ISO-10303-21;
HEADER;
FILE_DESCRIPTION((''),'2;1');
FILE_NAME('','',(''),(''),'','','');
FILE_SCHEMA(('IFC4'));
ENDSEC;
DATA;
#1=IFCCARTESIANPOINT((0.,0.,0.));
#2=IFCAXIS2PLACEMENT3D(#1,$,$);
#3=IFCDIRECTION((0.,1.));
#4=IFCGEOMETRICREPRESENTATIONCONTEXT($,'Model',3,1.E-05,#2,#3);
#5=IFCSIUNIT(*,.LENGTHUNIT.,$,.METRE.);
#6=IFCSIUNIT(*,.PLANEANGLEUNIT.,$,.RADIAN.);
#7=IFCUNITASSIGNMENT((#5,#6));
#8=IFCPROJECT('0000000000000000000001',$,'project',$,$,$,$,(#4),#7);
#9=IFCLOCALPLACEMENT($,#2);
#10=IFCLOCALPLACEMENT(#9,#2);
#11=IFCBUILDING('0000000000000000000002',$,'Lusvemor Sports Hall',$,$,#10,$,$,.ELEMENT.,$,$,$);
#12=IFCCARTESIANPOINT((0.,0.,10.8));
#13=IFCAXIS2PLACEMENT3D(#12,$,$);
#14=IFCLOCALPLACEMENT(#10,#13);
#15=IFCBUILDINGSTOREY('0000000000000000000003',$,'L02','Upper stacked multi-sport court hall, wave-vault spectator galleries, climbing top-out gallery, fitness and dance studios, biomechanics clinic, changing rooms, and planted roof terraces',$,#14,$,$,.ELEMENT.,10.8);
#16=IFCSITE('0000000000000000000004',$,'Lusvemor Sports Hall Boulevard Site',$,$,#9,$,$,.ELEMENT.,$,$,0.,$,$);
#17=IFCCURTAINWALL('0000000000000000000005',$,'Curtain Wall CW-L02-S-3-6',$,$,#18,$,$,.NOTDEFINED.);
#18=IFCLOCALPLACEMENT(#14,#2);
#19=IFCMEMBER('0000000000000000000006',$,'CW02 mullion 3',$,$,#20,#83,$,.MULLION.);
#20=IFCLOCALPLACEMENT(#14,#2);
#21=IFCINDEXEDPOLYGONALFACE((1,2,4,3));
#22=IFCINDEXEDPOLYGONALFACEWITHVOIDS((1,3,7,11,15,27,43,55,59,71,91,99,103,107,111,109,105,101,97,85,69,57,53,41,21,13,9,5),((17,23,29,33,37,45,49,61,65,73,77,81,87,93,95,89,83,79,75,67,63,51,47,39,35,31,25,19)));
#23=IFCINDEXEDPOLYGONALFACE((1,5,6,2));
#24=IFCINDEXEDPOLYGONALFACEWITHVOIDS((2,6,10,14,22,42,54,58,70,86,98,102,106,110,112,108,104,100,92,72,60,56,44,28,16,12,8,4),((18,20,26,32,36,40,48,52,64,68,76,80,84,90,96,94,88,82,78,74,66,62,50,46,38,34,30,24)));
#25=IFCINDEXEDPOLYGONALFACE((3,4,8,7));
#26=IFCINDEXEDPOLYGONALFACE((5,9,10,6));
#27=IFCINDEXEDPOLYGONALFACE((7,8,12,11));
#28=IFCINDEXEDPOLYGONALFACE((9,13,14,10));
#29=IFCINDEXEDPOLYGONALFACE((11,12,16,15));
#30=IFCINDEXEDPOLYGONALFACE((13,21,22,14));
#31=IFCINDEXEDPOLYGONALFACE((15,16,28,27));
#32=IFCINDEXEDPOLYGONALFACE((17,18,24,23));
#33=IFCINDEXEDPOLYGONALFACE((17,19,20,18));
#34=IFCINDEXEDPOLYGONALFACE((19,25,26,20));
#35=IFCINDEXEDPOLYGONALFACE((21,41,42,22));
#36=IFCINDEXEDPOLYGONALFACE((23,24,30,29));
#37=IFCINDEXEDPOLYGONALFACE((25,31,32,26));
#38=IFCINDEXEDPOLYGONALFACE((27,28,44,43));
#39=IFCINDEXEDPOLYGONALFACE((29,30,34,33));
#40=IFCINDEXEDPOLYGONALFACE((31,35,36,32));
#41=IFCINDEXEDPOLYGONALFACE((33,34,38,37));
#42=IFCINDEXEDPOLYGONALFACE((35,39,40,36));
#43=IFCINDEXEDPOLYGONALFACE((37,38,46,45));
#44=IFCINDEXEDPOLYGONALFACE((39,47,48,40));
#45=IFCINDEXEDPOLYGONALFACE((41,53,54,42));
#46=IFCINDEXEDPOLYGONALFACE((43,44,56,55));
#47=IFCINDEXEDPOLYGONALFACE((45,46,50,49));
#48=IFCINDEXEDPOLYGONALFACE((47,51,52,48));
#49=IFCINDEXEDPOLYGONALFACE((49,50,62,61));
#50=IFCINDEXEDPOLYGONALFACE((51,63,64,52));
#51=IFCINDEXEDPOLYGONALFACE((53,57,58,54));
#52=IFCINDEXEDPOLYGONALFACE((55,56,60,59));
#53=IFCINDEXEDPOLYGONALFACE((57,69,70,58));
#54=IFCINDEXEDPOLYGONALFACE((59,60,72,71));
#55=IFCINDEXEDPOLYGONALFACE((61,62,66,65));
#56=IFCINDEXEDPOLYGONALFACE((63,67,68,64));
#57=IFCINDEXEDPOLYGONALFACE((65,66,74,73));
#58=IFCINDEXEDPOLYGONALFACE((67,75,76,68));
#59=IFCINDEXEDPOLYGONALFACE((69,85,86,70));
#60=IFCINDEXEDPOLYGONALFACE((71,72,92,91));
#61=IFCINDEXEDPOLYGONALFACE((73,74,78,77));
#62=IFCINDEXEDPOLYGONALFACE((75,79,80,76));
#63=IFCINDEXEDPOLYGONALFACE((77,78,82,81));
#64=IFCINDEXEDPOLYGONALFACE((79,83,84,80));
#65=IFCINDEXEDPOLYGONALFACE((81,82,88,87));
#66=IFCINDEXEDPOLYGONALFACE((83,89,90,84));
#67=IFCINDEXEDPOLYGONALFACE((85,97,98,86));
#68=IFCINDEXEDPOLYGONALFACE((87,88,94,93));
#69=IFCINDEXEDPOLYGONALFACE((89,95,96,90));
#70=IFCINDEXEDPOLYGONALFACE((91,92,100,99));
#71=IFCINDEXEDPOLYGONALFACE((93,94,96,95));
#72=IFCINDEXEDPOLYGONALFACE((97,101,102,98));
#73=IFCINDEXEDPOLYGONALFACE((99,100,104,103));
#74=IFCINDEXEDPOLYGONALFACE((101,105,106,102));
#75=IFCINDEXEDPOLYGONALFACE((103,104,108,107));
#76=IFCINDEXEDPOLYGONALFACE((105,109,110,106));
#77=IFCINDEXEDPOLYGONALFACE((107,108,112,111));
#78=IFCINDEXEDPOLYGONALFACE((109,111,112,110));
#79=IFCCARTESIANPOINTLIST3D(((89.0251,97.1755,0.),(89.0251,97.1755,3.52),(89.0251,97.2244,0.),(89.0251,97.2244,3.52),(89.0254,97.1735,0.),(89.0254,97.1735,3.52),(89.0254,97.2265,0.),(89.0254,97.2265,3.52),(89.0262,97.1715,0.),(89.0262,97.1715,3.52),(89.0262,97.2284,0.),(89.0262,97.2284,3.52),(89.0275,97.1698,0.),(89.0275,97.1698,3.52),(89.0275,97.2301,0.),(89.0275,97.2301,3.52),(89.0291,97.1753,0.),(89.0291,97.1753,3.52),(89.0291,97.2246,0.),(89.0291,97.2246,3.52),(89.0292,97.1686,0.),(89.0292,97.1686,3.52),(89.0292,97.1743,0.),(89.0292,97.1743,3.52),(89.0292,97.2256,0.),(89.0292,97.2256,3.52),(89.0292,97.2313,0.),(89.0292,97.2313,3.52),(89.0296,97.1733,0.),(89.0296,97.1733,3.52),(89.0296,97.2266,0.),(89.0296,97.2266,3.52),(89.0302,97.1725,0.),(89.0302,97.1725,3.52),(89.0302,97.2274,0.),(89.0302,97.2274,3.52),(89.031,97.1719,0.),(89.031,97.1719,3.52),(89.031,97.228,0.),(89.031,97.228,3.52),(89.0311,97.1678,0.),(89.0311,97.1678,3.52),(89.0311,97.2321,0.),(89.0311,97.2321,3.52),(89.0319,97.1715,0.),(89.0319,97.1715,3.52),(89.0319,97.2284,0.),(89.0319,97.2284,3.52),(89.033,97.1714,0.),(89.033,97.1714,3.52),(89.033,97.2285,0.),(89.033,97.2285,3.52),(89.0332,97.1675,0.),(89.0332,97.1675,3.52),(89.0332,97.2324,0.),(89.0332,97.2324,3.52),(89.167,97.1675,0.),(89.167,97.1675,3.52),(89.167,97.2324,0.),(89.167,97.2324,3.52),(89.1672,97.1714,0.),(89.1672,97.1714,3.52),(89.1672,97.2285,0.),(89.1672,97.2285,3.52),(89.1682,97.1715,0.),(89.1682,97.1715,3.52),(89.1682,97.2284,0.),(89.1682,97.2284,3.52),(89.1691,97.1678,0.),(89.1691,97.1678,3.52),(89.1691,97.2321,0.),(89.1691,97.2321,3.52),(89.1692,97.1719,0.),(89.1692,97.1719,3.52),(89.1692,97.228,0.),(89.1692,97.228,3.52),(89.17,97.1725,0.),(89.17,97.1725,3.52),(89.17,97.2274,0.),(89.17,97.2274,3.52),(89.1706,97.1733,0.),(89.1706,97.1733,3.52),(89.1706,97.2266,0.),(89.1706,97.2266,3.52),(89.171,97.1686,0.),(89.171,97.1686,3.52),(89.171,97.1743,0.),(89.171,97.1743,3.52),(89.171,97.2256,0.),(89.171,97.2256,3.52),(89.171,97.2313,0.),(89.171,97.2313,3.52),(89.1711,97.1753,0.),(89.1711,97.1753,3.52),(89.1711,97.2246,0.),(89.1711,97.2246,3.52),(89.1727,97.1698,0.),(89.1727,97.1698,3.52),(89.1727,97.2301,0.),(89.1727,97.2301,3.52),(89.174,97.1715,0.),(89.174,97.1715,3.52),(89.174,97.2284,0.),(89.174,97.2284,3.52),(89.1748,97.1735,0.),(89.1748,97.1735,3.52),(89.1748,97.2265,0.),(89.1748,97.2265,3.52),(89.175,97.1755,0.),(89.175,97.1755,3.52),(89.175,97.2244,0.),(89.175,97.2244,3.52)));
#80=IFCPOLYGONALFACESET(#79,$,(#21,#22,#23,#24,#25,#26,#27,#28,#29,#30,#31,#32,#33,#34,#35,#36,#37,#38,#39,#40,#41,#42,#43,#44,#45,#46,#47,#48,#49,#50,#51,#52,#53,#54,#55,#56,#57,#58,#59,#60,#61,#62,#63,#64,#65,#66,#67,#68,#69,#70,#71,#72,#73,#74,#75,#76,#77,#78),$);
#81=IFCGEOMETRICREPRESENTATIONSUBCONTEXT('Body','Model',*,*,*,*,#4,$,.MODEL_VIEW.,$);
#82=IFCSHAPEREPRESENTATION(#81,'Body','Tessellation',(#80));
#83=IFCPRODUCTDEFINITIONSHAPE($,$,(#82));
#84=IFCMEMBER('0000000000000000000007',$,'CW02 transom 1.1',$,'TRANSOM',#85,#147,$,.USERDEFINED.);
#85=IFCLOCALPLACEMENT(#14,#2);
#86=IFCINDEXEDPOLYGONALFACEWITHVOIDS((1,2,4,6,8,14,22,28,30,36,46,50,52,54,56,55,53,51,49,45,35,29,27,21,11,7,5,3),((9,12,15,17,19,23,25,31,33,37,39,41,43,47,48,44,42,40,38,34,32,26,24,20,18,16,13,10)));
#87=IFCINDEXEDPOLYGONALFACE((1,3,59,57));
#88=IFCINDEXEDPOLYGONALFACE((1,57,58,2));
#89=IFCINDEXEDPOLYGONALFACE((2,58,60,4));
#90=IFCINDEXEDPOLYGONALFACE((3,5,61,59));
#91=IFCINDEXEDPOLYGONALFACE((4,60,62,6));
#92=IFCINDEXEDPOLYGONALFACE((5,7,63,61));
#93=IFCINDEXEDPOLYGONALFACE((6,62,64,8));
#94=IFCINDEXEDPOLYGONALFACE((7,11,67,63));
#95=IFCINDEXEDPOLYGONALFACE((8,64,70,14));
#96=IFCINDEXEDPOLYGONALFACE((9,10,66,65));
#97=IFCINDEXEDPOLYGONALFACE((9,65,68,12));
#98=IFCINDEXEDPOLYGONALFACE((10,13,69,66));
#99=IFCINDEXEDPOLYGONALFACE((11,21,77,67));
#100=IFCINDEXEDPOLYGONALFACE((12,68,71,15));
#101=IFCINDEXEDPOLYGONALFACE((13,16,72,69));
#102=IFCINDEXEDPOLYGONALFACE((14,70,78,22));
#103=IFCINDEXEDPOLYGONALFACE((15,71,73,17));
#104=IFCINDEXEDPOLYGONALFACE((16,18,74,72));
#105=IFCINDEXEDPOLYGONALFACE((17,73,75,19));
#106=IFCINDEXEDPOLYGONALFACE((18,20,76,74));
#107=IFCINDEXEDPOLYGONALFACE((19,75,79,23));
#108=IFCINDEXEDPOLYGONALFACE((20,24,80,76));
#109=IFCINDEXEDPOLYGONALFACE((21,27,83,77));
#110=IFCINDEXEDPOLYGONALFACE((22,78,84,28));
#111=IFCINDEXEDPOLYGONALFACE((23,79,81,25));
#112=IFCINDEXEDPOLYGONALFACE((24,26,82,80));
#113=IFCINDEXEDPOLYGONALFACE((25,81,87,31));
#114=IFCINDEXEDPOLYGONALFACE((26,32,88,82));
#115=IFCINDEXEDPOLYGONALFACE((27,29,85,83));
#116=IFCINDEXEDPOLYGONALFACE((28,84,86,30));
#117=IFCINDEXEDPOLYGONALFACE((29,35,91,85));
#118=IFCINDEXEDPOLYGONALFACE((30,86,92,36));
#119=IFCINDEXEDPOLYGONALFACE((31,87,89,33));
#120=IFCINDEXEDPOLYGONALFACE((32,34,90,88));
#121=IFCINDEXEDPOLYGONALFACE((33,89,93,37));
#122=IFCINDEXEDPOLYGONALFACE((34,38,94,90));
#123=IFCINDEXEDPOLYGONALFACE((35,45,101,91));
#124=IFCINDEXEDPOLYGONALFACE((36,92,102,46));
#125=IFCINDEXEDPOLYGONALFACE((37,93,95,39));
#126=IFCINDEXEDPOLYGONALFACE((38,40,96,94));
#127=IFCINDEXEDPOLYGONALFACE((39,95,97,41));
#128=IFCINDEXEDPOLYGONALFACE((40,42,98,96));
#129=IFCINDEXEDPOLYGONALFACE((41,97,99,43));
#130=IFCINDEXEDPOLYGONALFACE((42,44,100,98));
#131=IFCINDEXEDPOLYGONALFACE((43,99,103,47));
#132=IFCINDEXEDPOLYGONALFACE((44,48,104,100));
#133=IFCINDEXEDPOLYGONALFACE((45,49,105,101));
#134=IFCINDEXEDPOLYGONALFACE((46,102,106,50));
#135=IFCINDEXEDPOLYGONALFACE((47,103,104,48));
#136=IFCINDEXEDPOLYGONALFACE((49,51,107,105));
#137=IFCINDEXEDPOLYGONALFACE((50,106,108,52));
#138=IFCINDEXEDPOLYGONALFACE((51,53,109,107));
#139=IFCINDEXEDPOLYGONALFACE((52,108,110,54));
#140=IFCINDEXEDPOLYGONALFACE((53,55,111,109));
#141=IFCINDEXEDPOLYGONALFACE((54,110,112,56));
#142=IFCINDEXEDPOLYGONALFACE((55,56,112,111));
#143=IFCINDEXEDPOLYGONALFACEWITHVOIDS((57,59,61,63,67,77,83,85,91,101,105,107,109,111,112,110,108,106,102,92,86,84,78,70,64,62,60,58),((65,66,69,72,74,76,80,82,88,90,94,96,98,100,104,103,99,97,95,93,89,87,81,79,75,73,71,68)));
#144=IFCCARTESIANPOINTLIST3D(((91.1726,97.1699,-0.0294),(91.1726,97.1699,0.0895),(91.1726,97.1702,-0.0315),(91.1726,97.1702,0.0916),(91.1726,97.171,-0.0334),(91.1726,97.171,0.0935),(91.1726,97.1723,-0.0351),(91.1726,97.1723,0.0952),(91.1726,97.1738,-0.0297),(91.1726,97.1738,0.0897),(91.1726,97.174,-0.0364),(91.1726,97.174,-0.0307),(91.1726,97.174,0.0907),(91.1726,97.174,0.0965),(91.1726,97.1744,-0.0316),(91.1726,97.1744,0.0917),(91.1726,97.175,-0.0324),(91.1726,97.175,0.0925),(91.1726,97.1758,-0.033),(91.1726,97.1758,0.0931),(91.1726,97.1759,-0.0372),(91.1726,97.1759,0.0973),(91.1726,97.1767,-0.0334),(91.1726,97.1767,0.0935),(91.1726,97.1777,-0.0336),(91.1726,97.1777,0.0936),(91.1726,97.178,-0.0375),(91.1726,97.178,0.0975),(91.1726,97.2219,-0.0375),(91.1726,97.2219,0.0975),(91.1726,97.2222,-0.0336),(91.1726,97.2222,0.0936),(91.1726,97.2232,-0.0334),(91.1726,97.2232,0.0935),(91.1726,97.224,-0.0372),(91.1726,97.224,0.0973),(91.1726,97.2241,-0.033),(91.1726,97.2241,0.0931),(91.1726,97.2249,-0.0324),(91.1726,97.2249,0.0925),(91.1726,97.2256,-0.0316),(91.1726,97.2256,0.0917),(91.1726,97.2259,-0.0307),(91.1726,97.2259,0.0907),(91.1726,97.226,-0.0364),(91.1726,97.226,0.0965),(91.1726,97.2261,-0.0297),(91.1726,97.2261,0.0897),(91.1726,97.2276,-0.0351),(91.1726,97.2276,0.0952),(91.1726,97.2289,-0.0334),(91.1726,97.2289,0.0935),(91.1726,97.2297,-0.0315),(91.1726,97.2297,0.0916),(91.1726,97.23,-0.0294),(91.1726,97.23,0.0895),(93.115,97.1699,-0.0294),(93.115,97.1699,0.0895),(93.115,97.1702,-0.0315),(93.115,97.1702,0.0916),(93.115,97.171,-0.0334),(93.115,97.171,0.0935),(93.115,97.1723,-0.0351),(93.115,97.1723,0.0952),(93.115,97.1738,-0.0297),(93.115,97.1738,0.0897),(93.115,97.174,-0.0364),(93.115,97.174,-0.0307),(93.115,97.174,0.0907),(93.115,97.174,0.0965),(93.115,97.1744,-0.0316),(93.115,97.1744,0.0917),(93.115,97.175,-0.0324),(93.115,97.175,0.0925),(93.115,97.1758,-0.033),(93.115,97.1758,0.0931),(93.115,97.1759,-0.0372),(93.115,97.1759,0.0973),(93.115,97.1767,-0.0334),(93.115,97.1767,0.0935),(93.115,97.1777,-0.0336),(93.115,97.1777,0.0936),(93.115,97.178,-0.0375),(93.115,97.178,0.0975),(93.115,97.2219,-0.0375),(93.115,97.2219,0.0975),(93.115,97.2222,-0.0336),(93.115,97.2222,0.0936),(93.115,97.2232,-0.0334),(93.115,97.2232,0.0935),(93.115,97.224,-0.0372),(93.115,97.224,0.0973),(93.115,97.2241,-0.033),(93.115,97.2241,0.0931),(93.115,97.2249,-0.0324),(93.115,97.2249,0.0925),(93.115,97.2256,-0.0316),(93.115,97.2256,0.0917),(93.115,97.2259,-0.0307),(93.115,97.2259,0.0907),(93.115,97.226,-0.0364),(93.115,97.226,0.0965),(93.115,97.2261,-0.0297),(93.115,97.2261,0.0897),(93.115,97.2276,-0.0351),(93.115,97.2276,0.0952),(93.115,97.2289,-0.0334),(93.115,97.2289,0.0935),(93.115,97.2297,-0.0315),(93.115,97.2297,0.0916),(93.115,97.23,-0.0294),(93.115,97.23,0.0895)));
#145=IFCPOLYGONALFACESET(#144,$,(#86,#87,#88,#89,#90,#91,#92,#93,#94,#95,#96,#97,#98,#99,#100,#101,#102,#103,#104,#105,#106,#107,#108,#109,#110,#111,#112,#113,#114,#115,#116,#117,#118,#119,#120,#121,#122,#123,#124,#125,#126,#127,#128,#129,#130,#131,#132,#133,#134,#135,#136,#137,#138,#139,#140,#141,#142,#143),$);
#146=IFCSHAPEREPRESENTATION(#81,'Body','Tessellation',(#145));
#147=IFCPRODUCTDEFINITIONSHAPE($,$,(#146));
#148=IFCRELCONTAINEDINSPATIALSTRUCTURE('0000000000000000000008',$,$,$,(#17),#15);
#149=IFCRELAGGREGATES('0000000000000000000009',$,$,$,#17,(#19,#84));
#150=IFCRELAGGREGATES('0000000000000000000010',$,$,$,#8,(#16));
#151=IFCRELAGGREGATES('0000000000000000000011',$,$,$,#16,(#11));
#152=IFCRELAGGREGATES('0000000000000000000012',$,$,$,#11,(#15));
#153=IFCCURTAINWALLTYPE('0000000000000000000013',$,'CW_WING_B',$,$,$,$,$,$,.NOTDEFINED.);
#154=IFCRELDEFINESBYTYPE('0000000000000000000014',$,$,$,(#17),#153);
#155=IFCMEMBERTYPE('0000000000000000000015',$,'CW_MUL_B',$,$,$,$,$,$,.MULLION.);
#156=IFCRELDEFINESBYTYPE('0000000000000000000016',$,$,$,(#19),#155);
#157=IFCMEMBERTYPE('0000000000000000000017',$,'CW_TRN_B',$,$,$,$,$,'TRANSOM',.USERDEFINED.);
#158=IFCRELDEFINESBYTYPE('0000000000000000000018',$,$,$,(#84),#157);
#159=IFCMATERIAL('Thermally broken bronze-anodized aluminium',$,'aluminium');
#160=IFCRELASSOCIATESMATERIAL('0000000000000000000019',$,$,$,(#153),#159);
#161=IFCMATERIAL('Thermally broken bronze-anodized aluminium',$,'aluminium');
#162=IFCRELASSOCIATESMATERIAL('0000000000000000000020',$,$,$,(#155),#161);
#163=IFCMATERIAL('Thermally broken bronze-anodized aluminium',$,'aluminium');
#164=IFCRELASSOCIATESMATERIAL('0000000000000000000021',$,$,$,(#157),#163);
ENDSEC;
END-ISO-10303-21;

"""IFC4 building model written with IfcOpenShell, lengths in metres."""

from ifc_helpers import new_model, si_unit, direction, frame, origin, origin_2d, place, context, subcontext, project, spatial, hollow_rectangle, extrude, material, material_profile, profile_set, type_object, element, aggregate, save


model = new_model("IFC4")

# Units and contexts
model_context = context("Model", 3, precision=1e-05, world=origin(), true_north=direction((0.0, 1.0)))
body_context = subcontext(model_context, "Body", "Model", "MODEL_VIEW")
ifc_project = project(units=[si_unit("LENGTHUNIT", "METRE"), si_unit("PLANEANGLEUNIT", "RADIAN")], contexts=[model_context])

# Site, building, storey
site_placement = place(None, origin())
site = spatial("IfcSite", under=ifc_project, at=site_placement, Name="Lusvemor Sports Hall Boulevard Site", CompositionType="ELEMENT", RefElevation=0.0)
building_placement = place(site_placement, origin())
building = spatial("IfcBuilding", under=site, at=building_placement, Name="Lusvemor Sports Hall", CompositionType="ELEMENT")
storey_placement = place(building_placement, frame((0.0, 0.0, 10.8)))
storey = spatial("IfcBuildingStorey", under=building, at=storey_placement, Name="L02", Description="Upper stacked multi-sport court hall, wave-vault spectator galleries, climbing top-out gallery, fitness and dance studios, biomechanics clinic, changing rooms, and planted roof terraces", CompositionType="ELEMENT", Elevation=10.8)

# Curtain wall, members
ifc_material_1 = material(Name="Thermally broken bronze-anodized aluminium", Category="aluminium")
curtain_wall_type = type_object("IfcCurtainWallType", Name="CW_WING_B", PredefinedType="NOTDEFINED", material=ifc_material_1)
curtain_wall_placement = place(storey_placement, origin())
curtain_wall = element("IfcCurtainWall", 1, at=curtain_wall_placement, inside=storey, type_object=curtain_wall_type, Name="Curtain Wall CW-L02-S-3-6", PredefinedType="NOTDEFINED")
ifc_material_2 = material(Name="Thermally broken bronze-anodized aluminium", Category="aluminium")
ifc_material_profile_1 = material_profile(ifc_material_2, hollow_rectangle(XDim=0.0649, YDim=0.1499, WallThickness=0.0039, InnerFilletRadius=0.0039, OuterFilletRadius=0.0081, at=origin_2d()), Name="CWMUL150x65x4")
ifc_profile_set_1 = profile_set([ifc_material_profile_1], Name="Thermally broken bronze-anodized aluminium")
member_type_1 = type_object("IfcMemberType", Name="CW_MUL_B", PredefinedType="MULLION", material=ifc_profile_set_1)
member_1_placement = place(storey_placement, frame((89.1001, 97.2, 0.0), z_axis=(0.0, 0.0, 1.0), x_axis=(0.0, -1.0, 0.0)))
member_1 = element("IfcMember", 2, at=member_1_placement, type_object=member_type_1, Name="CW02 mullion 3", PredefinedType="MULLION", context=body_context, shape_type="SweptSolid", body=[
    extrude(hollow_rectangle(XDim=0.0649, YDim=0.1499, WallThickness=0.0039, InnerFilletRadius=0.0039, OuterFilletRadius=0.0081, at=origin_2d()), origin(), (0.0, 0.0, 1.0), 3.52),
])
ifc_material_3 = material(Name="Thermally broken bronze-anodized aluminium", Category="aluminium")
ifc_material_profile_2 = material_profile(ifc_material_3, hollow_rectangle(XDim=0.0601, YDim=0.135, WallThickness=0.0039, InnerFilletRadius=0.0039, OuterFilletRadius=0.0081, at=origin_2d()), Name="CWTRN135x60x4")
ifc_profile_set_2 = profile_set([ifc_material_profile_2], Name="Thermally broken bronze-anodized aluminium")
member_type_2 = type_object("IfcMemberType", Name="CW_TRN_B", ElementType="TRANSOM", PredefinedType="USERDEFINED", material=ifc_profile_set_2)
member_2_placement = place(storey_placement, frame((93.115, 97.2, 0.03), z_axis=(-1.0, 0.0, 0.0), x_axis=(0.0, -1.0, 0.0)))
member_2 = element("IfcMember", 3, at=member_2_placement, type_object=member_type_2, Name="CW02 transom 1.1", ObjectType="TRANSOM", PredefinedType="USERDEFINED", context=body_context, shape_type="SweptSolid", body=[
    extrude(hollow_rectangle(XDim=0.0601, YDim=0.135, WallThickness=0.0039, InnerFilletRadius=0.0039, OuterFilletRadius=0.0081, at=origin_2d()), origin(), (0.0, 0.0, 1.0), 1.9424),
])

aggregate(curtain_wall, [member_1, member_2])

save(model, "model.ifc")
